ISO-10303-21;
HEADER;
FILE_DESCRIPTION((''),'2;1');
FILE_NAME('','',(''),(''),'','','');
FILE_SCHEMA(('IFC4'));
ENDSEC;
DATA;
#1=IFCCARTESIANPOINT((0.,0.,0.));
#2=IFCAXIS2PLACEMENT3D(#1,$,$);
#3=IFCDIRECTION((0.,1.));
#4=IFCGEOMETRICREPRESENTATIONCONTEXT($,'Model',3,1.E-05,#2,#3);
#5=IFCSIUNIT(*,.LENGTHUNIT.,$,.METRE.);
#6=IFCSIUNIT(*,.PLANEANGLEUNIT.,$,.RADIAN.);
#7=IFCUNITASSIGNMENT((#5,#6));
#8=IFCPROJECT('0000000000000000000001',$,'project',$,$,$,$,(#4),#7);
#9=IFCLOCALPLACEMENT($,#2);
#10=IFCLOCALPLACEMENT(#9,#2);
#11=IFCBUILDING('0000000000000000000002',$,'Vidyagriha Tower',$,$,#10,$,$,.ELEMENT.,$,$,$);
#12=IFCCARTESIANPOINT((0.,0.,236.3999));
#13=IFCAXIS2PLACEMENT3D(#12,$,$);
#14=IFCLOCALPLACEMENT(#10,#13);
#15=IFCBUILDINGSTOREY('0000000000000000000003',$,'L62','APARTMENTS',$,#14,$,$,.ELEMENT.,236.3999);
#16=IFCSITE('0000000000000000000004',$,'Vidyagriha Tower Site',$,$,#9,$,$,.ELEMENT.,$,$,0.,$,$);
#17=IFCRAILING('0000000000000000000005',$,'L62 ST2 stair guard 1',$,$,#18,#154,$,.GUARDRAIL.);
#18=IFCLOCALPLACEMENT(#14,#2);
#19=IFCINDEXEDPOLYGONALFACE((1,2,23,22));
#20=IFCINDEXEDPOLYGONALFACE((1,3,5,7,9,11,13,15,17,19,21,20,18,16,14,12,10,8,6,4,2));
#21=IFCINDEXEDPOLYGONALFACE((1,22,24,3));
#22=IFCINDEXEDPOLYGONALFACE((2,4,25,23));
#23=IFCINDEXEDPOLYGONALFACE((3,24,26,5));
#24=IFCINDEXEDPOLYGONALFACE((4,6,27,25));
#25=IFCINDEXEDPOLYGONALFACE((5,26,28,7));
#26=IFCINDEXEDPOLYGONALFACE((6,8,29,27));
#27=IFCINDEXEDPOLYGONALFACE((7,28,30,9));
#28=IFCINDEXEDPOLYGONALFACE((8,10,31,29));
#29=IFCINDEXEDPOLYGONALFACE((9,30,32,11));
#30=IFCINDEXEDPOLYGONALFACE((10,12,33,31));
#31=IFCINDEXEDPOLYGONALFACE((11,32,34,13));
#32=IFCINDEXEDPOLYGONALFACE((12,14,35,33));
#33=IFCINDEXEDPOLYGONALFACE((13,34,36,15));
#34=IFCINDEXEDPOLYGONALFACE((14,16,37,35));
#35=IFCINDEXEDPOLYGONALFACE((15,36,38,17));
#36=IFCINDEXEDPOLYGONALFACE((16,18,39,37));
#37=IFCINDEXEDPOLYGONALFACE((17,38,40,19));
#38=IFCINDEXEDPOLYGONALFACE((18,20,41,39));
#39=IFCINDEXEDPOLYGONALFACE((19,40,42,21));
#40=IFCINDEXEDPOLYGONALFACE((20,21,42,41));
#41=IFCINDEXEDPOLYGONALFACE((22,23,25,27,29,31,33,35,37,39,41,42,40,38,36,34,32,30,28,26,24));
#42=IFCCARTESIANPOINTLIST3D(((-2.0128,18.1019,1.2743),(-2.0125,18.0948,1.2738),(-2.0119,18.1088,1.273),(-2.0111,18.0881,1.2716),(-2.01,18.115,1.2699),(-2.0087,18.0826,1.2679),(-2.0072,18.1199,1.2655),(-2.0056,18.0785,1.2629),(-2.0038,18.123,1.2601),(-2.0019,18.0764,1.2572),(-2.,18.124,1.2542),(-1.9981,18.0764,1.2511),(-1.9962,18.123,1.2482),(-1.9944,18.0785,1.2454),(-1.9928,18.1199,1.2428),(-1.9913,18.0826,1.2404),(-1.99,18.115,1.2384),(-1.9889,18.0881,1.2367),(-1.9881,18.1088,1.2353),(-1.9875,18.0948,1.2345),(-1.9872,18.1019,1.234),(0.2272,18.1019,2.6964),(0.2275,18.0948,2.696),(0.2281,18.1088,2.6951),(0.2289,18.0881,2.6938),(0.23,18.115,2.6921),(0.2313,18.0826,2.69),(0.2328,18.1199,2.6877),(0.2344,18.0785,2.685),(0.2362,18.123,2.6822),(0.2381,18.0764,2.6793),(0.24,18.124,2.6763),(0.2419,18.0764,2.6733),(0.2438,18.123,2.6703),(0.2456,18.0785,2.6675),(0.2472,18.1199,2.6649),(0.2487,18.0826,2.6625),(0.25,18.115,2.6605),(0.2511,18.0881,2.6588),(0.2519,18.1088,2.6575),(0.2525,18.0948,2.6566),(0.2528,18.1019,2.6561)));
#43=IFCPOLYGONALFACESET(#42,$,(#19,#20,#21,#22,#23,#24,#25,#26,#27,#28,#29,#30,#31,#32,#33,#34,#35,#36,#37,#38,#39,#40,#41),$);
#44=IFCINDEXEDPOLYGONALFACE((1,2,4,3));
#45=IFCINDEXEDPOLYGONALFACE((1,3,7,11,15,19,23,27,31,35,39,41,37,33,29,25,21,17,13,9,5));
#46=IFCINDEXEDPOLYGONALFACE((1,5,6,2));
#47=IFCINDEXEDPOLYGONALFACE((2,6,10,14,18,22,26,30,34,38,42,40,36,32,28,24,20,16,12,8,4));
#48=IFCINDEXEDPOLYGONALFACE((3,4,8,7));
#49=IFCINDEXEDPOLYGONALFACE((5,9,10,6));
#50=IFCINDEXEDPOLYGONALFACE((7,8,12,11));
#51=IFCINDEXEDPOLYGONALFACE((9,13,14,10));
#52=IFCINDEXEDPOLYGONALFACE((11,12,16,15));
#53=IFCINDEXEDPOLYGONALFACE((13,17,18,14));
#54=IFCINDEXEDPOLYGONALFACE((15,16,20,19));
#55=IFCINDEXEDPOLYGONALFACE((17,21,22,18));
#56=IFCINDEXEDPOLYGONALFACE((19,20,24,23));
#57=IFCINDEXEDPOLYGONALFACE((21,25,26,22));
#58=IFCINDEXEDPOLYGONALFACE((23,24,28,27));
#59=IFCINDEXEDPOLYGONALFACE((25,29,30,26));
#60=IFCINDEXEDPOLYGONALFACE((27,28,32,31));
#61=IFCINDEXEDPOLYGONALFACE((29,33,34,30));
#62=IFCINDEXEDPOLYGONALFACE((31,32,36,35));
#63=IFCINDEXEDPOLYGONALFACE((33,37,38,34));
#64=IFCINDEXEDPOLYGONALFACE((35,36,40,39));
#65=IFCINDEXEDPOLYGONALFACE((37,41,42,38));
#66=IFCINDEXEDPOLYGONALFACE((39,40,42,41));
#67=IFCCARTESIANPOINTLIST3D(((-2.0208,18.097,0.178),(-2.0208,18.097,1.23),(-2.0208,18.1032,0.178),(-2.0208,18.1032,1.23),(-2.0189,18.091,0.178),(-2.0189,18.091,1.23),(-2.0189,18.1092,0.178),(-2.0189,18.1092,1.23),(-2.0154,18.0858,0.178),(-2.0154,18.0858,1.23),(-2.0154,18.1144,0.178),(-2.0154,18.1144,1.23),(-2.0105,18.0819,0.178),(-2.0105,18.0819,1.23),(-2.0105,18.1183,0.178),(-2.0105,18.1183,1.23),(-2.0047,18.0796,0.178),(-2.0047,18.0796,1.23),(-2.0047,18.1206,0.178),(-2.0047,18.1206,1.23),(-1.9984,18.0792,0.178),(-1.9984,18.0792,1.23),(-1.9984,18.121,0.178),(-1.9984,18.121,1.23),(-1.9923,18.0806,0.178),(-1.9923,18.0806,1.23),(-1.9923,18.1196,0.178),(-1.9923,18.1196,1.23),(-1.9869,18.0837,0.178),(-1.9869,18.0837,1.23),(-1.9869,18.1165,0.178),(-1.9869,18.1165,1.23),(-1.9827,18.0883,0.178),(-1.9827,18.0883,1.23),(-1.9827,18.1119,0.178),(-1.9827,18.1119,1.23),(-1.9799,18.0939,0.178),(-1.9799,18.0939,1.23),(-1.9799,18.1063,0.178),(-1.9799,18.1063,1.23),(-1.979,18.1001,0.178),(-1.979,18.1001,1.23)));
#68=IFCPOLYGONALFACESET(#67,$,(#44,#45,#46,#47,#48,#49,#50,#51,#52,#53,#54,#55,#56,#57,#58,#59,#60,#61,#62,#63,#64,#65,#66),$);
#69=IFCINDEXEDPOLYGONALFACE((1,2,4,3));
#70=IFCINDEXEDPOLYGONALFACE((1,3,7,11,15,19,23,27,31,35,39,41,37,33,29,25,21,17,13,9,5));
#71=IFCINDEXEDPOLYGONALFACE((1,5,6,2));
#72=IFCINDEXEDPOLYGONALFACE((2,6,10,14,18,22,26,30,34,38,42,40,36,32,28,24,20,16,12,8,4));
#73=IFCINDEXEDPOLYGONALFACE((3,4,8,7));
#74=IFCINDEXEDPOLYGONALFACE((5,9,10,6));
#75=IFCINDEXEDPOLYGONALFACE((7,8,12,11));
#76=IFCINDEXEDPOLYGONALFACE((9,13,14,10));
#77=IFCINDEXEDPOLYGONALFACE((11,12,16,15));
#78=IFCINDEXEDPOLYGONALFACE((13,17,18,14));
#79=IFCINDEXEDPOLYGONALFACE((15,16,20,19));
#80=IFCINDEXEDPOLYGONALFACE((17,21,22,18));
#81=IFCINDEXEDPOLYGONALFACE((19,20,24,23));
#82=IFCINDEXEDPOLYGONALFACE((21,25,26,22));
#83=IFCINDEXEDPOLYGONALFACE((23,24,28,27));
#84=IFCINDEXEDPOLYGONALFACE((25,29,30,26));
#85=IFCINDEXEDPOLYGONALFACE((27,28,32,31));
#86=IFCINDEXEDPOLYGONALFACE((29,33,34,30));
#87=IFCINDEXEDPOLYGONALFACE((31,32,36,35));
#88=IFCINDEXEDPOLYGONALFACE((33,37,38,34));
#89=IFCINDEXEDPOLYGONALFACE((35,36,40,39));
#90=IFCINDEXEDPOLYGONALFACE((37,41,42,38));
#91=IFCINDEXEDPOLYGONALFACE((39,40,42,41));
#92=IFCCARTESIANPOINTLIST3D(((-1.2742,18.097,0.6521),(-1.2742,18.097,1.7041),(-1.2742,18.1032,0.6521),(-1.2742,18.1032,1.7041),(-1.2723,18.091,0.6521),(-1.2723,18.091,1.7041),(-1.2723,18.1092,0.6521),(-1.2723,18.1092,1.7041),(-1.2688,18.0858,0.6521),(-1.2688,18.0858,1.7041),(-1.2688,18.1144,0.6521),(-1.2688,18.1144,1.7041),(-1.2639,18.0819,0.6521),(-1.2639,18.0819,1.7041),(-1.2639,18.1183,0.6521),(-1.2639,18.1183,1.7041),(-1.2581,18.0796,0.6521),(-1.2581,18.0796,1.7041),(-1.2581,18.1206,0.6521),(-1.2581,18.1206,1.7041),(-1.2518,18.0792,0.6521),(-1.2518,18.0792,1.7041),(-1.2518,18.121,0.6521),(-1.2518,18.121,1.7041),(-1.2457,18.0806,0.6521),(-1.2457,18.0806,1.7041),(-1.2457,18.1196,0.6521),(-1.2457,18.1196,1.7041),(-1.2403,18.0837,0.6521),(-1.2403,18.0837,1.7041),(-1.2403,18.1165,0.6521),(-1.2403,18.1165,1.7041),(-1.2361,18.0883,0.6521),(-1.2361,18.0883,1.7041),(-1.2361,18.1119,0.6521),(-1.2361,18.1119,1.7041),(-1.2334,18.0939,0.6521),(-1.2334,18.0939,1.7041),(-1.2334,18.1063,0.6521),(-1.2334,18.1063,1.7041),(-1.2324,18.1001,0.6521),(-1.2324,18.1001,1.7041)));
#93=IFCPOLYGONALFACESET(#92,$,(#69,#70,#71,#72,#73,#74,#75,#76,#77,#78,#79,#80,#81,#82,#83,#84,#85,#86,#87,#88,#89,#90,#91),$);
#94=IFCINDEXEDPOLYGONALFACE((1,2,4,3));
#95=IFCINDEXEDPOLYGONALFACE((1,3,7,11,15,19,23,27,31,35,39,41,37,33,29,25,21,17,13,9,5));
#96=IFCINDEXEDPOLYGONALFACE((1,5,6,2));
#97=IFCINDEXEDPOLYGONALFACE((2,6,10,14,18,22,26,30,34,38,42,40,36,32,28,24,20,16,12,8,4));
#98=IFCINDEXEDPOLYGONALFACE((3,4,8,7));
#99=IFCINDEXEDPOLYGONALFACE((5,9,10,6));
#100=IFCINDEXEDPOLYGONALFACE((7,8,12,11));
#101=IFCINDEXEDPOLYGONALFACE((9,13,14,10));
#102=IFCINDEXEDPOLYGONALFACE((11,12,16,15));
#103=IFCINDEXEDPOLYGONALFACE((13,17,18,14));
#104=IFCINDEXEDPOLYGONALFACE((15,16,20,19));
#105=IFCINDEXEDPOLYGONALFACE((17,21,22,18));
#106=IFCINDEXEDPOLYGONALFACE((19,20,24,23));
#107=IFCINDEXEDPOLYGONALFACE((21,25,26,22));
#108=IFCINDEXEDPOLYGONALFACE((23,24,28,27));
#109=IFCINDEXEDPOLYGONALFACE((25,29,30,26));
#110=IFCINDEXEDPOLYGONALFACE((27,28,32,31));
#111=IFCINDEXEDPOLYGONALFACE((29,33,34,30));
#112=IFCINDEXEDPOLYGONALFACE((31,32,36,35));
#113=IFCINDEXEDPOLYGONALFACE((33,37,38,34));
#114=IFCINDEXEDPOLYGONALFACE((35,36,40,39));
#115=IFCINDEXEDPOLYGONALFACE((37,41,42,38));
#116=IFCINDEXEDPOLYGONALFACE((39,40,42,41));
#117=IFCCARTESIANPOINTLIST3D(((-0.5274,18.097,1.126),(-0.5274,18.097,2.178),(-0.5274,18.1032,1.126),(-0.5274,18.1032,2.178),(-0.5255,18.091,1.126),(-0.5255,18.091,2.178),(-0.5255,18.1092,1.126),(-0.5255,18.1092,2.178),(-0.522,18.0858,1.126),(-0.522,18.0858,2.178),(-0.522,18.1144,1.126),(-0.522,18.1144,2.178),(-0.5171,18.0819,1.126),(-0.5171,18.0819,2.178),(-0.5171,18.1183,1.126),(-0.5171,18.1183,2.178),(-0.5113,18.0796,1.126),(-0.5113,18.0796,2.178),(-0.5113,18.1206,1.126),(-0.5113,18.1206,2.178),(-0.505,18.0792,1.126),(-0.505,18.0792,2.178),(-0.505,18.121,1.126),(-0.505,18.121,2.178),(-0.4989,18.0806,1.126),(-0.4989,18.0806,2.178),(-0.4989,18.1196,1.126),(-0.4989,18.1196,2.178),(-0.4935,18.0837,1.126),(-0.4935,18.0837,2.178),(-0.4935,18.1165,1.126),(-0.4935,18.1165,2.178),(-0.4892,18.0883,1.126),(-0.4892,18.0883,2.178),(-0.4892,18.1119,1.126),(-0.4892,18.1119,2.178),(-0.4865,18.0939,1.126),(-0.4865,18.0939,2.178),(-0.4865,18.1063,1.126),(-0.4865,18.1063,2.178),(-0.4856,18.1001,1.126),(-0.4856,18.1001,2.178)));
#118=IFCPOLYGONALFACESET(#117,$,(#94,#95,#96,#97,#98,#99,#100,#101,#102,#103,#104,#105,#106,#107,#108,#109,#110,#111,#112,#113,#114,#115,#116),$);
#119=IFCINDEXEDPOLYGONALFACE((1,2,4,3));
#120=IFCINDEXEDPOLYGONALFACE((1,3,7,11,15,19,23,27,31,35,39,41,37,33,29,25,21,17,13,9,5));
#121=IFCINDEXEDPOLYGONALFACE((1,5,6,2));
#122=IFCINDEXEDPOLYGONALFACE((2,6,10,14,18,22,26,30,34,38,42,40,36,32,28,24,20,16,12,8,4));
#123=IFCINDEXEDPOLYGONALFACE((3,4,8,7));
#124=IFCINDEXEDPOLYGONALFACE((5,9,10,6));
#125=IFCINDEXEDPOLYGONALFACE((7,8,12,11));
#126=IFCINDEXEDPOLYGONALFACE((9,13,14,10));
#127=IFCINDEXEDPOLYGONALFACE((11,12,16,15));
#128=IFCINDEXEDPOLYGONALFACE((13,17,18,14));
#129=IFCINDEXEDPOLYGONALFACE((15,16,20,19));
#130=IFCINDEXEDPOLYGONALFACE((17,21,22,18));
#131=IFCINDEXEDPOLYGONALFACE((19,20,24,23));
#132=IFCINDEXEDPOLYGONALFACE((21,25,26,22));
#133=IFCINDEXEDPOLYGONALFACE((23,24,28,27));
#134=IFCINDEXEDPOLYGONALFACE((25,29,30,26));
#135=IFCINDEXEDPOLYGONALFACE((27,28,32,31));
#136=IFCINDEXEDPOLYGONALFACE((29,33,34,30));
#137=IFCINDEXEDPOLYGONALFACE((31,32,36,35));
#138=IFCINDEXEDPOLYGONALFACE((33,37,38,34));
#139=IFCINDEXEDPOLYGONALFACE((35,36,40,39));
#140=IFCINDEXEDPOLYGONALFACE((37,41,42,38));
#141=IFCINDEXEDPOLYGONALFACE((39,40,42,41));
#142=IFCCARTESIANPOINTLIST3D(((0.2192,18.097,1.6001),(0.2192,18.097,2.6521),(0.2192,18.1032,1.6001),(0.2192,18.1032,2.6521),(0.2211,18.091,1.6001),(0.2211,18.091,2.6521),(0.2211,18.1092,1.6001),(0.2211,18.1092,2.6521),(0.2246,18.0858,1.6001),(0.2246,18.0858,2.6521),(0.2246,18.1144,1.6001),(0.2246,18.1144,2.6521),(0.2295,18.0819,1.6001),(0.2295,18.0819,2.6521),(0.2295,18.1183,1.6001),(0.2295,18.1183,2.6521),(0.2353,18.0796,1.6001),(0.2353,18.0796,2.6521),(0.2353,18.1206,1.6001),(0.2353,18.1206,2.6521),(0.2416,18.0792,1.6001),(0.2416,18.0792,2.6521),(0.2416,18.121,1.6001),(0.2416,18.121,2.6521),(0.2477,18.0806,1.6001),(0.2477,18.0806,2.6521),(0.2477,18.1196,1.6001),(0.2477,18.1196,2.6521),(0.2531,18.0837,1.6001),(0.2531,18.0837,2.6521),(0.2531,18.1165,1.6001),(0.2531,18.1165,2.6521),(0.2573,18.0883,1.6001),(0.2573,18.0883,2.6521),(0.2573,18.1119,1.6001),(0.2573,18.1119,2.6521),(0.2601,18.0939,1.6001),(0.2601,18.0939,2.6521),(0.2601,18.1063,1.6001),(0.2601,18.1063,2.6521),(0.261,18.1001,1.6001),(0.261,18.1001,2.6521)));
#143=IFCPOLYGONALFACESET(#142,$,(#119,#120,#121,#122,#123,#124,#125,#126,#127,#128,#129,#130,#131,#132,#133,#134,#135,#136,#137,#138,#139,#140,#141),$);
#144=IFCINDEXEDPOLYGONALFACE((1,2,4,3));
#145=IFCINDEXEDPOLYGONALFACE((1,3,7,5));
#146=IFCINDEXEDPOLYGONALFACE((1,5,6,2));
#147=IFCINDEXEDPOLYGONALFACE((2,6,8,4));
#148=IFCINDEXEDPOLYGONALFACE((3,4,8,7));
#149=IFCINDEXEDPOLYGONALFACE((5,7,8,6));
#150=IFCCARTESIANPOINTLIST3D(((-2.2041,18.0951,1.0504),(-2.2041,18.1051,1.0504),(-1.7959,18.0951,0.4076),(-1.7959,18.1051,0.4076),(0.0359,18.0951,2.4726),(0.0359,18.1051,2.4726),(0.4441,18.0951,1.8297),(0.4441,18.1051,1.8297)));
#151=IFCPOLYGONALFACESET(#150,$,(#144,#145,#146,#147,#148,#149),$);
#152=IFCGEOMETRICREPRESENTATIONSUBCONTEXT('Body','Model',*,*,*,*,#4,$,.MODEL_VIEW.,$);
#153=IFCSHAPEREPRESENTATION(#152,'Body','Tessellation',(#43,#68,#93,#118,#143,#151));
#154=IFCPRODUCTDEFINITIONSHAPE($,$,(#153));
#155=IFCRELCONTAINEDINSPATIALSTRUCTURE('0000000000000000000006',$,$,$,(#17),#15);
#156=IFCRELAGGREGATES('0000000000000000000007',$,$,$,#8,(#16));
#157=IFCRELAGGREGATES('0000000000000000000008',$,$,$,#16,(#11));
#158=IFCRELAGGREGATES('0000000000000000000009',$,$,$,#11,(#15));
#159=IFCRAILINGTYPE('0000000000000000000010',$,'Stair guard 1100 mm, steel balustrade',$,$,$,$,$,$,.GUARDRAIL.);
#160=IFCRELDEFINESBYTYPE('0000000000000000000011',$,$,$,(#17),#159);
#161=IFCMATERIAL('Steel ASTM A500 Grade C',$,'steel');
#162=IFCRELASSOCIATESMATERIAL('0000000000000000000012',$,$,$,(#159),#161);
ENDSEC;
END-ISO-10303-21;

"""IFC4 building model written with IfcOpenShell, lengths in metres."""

from ifc_helpers import new_model, si_unit, direction, frame, origin, origin_2d, place, context, subcontext, project, spatial, rectangle, circle, extrude, material, type_object, element, save


model = new_model("IFC4")

# Units and contexts
model_context = context("Model", 3, precision=1e-05, world=origin(), true_north=direction((0.0, 1.0)))
body_context = subcontext(model_context, "Body", "Model", "MODEL_VIEW")
ifc_project = project(units=[si_unit("LENGTHUNIT", "METRE"), si_unit("PLANEANGLEUNIT", "RADIAN")], contexts=[model_context])

# Site, building, storey
site_placement = place(None, origin())
site = spatial("IfcSite", under=ifc_project, at=site_placement, Name="Vidyagriha Tower Site", CompositionType="ELEMENT", RefElevation=0.0)
building_placement = place(site_placement, origin())
building = spatial("IfcBuilding", under=site, at=building_placement, Name="Vidyagriha Tower", CompositionType="ELEMENT")
storey_placement = place(building_placement, frame((0.0, 0.0, 236.3999)))
storey = spatial("IfcBuildingStorey", under=building, at=storey_placement, Name="L62", Description="APARTMENTS", CompositionType="ELEMENT", Elevation=236.3999)

# Railing
ifc_material_1 = material(Name="Steel ASTM A500 Grade C", Category="steel")
railing_type_1 = type_object("IfcRailingType", Name="Stair guard 1100 mm, steel balustrade", PredefinedType="GUARDRAIL", material=ifc_material_1)
railing_1_placement = place(storey_placement, frame((-2.0, 18.1001, 0.178)))
element("IfcRailing", 1, at=railing_1_placement, inside=storey, type_object=railing_type_1, Name="L62 ST2 stair guard 1", PredefinedType="GUARDRAIL", context=body_context, shape_type="SweptSolid", body=[
    extrude(circle(Radius=0.0239, at=origin_2d()), frame((0.0, 0.0, 1.0762), z_axis=(0.844229, 0.0, 0.535982), x_axis=(0.0, 1.0, 0.0)), (0.0, 0.0, 1.0), 2.6533),
    extrude(circle(Radius=0.021, at=origin_2d()), origin(), (0.0, 0.0, 1.0), 1.052),
    extrude(circle(Radius=0.021, at=origin_2d()), frame((0.7466, 0.0, 0.4741)), (0.0, 0.0, 1.0), 1.052),
    extrude(circle(Radius=0.021, at=origin_2d()), frame((1.4934, 0.0, 0.948)), (0.0, 0.0, 1.0), 1.052),
    extrude(circle(Radius=0.021, at=origin_2d()), frame((2.24, 0.0, 1.4221)), (0.0, 0.0, 1.0), 1.052),
    extrude(rectangle(XDim=0.01, YDim=0.7615, at=origin_2d()), frame((0.0, 0.0, 0.551), z_axis=(0.844229, 0.0, 0.535982), x_axis=(0.0, 1.0, 0.0)), (0.0, 0.0, 1.0), 2.6533),
])

save(model, "model.ifc")
